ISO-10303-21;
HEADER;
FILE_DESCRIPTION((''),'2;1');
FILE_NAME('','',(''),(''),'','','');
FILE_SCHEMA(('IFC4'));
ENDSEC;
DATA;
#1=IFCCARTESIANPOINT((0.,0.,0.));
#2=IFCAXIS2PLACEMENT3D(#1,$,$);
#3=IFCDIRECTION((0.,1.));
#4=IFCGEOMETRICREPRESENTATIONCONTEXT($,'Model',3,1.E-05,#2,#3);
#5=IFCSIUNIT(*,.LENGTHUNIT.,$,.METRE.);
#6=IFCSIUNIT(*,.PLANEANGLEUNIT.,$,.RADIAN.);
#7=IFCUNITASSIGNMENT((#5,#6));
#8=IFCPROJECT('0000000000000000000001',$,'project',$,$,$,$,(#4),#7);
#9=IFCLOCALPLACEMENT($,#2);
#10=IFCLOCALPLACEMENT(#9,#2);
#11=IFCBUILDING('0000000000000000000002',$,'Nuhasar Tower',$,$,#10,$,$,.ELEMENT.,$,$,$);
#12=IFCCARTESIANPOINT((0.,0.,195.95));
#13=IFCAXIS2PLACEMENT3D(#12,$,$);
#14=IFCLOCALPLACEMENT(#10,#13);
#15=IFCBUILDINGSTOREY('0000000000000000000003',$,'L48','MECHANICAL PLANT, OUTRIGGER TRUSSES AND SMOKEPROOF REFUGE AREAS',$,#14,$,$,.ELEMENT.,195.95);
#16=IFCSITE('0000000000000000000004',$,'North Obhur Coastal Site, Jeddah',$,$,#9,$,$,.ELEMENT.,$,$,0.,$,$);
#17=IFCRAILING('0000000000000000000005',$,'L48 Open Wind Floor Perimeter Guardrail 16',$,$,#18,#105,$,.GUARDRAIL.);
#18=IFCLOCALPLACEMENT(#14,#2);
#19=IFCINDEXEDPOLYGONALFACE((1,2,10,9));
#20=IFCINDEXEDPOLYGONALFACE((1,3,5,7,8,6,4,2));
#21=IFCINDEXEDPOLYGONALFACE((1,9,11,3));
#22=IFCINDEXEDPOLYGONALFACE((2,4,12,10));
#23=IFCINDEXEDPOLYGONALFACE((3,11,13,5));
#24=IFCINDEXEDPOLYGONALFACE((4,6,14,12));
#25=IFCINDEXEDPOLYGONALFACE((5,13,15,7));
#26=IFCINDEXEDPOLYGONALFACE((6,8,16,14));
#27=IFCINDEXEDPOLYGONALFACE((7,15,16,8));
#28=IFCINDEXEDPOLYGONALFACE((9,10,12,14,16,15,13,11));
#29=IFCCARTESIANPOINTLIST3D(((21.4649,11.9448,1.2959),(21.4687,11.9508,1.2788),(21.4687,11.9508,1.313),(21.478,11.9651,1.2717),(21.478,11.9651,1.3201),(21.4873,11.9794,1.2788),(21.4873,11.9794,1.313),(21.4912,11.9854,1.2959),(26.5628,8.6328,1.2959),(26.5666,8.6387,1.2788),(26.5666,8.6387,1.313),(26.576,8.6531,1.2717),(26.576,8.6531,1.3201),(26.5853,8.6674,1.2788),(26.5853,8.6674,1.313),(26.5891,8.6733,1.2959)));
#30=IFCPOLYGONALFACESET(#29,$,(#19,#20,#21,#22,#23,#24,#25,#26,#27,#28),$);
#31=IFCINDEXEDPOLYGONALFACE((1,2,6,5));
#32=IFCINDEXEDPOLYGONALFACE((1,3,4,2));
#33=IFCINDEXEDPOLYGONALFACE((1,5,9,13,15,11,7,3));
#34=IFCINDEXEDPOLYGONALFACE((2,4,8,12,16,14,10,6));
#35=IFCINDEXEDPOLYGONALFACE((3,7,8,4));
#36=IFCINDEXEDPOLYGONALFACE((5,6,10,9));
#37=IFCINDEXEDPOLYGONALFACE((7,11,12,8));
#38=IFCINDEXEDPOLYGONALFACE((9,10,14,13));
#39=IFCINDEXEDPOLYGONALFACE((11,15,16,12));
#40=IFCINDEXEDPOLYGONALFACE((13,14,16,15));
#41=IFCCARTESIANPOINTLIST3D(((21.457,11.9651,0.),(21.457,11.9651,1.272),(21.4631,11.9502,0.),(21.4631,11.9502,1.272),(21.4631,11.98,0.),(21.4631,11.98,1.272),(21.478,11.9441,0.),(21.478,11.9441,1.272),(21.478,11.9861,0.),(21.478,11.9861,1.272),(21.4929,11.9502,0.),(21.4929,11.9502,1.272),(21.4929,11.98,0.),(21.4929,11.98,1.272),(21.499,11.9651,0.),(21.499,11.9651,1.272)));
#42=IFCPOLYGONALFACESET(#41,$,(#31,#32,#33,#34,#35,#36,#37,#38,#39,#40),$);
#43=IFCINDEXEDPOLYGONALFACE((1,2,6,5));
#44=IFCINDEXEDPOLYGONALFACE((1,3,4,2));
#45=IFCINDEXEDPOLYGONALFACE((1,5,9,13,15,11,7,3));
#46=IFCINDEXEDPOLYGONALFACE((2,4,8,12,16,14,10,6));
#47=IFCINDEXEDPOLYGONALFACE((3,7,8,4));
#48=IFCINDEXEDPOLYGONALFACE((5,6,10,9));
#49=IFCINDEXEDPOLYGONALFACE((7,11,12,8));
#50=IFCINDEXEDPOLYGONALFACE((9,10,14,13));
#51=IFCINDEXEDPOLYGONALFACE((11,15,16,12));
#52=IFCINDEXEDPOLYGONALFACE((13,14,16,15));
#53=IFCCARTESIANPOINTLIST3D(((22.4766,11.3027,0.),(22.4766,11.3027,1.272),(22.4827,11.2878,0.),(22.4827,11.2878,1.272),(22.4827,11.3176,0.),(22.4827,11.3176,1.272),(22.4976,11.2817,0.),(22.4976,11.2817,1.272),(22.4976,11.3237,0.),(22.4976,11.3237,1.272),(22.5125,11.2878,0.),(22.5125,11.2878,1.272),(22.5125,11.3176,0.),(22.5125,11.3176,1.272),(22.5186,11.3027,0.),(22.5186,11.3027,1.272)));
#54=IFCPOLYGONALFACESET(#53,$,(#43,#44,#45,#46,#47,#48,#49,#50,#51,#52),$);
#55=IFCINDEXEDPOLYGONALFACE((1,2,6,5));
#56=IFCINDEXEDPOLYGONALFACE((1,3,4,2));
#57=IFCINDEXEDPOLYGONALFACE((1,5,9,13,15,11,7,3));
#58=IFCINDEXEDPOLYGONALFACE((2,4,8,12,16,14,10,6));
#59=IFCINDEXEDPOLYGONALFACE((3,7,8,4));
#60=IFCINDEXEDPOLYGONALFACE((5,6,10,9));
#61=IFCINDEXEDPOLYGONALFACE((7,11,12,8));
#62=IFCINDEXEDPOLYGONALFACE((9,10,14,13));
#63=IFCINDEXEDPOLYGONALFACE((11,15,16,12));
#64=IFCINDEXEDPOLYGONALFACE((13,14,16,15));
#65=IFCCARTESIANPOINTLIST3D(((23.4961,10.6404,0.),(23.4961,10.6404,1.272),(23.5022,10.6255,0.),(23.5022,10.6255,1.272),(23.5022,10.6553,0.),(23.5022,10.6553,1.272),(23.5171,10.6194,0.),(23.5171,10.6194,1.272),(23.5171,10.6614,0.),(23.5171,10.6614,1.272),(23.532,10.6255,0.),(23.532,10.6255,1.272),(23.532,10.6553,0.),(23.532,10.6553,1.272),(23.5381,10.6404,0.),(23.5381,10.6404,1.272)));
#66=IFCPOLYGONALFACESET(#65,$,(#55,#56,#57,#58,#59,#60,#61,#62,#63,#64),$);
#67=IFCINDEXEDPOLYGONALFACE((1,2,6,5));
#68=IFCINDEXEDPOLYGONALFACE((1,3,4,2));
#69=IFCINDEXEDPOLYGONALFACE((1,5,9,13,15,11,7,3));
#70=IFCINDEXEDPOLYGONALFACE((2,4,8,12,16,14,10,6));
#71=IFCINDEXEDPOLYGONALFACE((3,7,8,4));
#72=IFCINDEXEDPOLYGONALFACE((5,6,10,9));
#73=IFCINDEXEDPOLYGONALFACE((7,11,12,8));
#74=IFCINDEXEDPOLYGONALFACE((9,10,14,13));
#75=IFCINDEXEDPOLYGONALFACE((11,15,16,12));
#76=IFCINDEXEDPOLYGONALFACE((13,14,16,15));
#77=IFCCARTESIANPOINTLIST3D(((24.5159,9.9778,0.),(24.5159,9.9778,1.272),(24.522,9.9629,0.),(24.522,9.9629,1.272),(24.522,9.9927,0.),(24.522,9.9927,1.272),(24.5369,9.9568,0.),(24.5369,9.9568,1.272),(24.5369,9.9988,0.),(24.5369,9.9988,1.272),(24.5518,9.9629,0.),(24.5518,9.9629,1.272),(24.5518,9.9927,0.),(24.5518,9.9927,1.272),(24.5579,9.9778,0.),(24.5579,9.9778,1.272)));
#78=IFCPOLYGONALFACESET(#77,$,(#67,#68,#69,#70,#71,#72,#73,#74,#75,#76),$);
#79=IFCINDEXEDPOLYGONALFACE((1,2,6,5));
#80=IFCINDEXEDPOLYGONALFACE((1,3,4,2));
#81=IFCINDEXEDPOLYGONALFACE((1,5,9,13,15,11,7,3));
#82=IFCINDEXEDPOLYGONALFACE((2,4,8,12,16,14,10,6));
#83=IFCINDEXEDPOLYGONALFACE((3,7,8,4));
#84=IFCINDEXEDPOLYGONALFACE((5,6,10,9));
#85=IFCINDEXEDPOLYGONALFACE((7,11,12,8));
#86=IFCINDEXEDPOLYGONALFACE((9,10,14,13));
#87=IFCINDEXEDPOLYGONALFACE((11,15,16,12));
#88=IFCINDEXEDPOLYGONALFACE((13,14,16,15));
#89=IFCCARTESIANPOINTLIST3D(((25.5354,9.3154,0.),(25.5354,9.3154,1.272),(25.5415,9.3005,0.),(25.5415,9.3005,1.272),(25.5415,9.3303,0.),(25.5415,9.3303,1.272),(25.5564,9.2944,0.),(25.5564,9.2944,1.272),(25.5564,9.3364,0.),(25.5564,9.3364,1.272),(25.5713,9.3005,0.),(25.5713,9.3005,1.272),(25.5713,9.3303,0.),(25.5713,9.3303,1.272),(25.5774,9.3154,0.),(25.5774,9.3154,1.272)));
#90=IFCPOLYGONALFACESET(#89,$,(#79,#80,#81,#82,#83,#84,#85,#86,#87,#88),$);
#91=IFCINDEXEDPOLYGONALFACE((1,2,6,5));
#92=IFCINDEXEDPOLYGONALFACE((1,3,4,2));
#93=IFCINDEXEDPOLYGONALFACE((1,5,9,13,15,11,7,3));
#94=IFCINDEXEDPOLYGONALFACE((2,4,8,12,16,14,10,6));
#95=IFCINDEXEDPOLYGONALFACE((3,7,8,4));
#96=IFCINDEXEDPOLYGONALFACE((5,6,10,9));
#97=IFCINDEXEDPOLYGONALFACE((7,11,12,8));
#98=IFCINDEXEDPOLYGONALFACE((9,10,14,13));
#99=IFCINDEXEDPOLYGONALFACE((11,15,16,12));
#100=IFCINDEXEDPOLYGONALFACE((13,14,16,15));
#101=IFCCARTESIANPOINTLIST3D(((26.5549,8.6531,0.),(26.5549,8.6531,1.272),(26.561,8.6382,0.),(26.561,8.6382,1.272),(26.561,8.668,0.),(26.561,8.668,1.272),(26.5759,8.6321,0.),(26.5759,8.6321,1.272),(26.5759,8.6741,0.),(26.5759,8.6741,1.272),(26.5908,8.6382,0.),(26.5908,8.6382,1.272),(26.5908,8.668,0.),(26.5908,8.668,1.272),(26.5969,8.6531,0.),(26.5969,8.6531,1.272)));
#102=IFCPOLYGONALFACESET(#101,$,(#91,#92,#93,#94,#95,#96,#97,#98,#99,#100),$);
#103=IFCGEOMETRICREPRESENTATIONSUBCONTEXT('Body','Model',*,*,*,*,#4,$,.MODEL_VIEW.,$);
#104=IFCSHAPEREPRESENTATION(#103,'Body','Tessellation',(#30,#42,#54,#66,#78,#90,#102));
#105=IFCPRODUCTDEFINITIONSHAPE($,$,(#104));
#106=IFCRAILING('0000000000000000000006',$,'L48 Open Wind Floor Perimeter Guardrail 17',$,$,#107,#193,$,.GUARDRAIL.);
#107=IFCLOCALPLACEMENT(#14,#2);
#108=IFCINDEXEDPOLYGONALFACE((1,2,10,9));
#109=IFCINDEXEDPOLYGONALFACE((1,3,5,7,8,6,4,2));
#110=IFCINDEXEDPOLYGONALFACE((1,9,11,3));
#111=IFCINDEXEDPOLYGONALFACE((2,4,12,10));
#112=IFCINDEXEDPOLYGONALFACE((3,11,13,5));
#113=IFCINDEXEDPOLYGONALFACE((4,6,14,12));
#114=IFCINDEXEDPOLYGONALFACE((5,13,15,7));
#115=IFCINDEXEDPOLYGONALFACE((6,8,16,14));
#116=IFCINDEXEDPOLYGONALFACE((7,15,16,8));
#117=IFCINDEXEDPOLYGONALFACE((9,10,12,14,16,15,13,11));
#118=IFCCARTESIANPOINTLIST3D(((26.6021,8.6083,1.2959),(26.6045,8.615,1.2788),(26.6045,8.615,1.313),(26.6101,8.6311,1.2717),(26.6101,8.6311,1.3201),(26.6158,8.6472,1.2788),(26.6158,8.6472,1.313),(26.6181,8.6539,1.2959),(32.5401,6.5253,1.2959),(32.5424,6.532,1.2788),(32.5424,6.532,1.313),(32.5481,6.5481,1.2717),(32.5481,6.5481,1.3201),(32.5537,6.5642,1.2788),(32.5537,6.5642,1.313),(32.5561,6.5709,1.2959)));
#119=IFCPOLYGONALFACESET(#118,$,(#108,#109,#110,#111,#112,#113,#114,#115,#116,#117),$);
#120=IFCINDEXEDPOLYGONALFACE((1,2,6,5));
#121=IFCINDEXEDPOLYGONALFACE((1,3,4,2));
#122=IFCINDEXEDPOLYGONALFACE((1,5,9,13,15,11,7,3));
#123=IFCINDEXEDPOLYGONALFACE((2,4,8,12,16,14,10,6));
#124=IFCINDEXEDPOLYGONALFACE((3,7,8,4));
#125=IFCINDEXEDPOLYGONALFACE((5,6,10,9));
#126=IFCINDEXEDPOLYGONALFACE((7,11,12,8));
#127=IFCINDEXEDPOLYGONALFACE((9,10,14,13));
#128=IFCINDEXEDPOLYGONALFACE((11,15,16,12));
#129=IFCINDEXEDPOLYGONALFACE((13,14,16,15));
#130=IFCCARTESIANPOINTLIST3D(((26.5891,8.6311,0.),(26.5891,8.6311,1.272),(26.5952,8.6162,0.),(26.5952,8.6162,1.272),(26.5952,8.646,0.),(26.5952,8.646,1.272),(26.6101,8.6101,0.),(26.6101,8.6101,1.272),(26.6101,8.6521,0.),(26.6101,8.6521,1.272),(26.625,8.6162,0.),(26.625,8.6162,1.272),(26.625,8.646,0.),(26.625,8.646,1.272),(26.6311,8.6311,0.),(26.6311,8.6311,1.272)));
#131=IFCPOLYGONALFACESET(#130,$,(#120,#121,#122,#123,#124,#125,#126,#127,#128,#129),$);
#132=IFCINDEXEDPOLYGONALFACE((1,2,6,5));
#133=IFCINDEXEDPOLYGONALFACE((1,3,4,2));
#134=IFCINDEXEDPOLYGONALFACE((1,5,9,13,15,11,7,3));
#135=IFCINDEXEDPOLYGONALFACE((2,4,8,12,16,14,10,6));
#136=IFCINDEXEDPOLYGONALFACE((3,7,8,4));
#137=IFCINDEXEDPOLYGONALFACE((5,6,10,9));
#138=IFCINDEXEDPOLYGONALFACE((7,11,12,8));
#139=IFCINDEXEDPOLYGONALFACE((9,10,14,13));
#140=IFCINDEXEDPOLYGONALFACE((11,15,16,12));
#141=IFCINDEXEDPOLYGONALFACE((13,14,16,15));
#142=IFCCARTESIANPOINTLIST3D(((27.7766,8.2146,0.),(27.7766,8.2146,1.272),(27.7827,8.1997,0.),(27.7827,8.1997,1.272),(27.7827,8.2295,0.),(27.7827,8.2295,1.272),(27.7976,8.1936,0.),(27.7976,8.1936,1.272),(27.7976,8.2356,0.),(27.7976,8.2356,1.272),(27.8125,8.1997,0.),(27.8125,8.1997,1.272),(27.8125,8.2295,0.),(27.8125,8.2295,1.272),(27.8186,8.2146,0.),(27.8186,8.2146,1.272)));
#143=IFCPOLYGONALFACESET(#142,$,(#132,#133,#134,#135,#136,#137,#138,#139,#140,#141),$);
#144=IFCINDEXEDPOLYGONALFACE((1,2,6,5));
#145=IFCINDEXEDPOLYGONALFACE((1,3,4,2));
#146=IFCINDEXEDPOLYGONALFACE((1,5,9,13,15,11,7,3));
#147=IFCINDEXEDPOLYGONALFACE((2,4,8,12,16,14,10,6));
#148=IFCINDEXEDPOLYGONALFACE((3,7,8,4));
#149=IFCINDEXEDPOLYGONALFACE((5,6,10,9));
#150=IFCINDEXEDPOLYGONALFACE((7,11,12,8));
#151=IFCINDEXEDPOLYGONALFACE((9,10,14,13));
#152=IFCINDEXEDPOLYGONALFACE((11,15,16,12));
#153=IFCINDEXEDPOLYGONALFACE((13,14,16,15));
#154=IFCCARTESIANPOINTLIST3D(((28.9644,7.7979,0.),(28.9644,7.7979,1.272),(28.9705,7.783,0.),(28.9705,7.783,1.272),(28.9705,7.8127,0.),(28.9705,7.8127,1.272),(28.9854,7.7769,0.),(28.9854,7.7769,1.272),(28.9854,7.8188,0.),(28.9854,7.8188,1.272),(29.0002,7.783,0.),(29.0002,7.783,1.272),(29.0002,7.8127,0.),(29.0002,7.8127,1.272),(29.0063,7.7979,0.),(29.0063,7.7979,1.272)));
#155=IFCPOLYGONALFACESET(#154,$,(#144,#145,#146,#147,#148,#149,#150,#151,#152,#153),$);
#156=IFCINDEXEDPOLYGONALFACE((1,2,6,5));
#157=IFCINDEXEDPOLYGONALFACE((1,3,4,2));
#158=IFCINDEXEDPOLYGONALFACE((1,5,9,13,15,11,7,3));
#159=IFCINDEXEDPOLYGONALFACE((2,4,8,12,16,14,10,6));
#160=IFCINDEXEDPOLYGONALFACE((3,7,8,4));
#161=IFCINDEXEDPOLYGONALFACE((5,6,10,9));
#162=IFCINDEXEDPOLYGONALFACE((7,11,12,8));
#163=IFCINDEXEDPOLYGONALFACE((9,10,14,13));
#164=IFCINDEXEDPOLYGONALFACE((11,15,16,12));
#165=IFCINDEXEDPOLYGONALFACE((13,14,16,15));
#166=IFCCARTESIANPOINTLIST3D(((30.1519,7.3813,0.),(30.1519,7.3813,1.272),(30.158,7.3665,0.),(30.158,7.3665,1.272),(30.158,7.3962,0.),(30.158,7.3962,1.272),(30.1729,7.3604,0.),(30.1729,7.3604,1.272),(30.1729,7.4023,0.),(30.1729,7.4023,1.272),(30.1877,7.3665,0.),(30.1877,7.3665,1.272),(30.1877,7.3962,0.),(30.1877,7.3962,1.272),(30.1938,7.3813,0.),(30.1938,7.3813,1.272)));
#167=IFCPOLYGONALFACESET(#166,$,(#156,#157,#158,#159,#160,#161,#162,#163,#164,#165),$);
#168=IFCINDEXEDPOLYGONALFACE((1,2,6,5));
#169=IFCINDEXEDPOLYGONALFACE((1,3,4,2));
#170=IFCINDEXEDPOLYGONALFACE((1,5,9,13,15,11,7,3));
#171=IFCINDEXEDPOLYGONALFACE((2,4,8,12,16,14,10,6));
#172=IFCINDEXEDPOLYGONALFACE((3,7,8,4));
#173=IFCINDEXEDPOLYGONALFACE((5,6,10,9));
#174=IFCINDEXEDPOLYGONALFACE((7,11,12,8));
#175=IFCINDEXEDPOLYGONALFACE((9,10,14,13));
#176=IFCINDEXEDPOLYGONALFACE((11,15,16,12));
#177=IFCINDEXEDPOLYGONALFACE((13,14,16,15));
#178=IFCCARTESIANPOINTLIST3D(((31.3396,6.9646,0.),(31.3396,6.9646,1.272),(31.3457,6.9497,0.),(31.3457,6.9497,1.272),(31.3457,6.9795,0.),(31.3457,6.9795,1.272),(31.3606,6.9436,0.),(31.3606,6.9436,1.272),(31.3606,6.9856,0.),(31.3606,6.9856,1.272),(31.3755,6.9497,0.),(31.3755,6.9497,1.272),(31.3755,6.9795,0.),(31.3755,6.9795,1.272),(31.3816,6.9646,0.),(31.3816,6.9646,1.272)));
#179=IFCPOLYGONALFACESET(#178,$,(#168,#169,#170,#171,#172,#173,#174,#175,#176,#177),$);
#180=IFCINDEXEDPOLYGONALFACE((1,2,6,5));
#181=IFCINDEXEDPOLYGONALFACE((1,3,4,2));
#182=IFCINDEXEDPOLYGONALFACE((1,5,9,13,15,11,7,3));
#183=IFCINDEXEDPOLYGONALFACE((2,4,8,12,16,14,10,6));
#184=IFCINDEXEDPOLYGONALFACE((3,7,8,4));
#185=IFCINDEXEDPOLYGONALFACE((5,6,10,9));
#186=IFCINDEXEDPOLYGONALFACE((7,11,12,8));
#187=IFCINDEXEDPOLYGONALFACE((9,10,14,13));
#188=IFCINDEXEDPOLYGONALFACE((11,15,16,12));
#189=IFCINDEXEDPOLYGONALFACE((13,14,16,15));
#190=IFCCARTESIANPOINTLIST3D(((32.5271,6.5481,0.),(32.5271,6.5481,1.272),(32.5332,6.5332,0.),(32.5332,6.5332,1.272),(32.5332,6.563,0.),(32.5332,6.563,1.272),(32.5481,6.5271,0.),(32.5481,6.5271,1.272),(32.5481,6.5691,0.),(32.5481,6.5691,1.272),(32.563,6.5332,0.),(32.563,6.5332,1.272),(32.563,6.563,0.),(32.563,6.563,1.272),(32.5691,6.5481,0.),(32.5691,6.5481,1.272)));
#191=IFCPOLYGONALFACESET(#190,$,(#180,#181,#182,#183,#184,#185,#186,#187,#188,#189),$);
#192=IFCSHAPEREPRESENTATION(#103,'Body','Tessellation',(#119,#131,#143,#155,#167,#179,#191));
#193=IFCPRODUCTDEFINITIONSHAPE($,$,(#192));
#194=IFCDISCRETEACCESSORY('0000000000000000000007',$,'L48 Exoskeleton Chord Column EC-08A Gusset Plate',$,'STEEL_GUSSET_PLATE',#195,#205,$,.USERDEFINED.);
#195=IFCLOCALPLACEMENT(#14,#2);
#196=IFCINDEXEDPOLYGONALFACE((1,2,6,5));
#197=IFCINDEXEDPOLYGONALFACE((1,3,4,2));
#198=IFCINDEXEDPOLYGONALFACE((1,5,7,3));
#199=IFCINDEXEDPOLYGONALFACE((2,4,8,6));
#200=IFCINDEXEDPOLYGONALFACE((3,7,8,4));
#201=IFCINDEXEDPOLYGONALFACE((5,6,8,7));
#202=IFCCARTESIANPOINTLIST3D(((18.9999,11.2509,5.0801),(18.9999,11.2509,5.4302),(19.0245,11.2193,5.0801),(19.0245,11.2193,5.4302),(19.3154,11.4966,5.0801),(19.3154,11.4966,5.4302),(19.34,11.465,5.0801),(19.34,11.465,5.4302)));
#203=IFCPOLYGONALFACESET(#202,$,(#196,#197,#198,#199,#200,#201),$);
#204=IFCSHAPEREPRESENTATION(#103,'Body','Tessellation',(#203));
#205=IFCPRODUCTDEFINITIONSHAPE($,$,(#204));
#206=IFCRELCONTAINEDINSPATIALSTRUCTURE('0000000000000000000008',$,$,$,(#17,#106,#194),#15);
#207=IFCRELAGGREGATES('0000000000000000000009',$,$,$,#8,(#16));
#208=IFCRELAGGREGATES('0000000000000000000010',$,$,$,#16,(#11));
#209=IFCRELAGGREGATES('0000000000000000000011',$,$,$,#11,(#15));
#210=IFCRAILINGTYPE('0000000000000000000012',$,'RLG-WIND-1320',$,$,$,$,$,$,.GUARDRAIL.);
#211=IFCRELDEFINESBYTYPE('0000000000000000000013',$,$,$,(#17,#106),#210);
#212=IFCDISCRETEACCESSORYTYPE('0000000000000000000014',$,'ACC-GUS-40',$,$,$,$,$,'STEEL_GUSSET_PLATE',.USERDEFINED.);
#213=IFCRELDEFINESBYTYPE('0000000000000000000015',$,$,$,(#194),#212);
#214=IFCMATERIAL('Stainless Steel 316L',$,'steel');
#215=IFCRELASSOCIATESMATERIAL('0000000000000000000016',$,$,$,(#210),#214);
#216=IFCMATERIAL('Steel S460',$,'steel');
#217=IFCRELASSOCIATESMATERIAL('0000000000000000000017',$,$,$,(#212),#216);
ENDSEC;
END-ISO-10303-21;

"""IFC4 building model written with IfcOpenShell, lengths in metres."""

from ifc_helpers import new_model, si_unit, direction, frame, origin, origin_2d, place, context, subcontext, project, spatial, polyline, rectangle, outline, extrude, material, type_object, element, save


model = new_model("IFC4")

# Units and contexts
model_context = context("Model", 3, precision=1e-05, world=origin(), true_north=direction((0.0, 1.0)))
body_context = subcontext(model_context, "Body", "Model", "MODEL_VIEW")
ifc_project = project(units=[si_unit("LENGTHUNIT", "METRE"), si_unit("PLANEANGLEUNIT", "RADIAN")], contexts=[model_context])

# Site, building, storey
site_placement = place(None, origin())
site = spatial("IfcSite", under=ifc_project, at=site_placement, Name="North Obhur Coastal Site, Jeddah", CompositionType="ELEMENT", RefElevation=0.0)
building_placement = place(site_placement, origin())
building = spatial("IfcBuilding", under=site, at=building_placement, Name="Nuhasar Tower", CompositionType="ELEMENT")
storey_placement = place(building_placement, frame((0.0, 0.0, 195.95)))
storey = spatial("IfcBuildingStorey", under=building, at=storey_placement, Name="L48", Description="MECHANICAL PLANT, OUTRIGGER TRUSSES AND SMOKEPROOF REFUGE AREAS", CompositionType="ELEMENT", Elevation=195.95)

# Shared definitions
ifc_material_1 = material(Name="Steel S460", Category="steel")

# Railings
ifc_material_2 = material(Name="Stainless Steel 316L", Category="steel")
railing_type = type_object("IfcRailingType", Name="RLG-WIND-1320", PredefinedType="GUARDRAIL", material=ifc_material_2)
railing_1_placement = place(storey_placement, frame((21.478, 11.9651, 0.0)))
element("IfcRailing", 1, at=railing_1_placement, inside=storey, type_object=railing_type, Name="L48 Open Wind Floor Perimeter Guardrail 16", PredefinedType="GUARDRAIL", context=body_context, shape_type="SweptSolid", body=[
    extrude(outline(polyline([(0.0242, 0.0), (0.0171, 0.0171), (0.0, 0.0242), (-0.0171, 0.0171), (-0.0242, 0.0), (-0.0171, -0.0171), (0.0, -0.0242), (0.0171, -0.0171), (0.0242, 0.0)])), frame((0.0, 0.0, 1.2959), z_axis=(0.838566, -0.544801, 0.0), x_axis=(0.544801, 0.838566, 0.0)), (0.0, 0.0, 1.0), 6.0793),
    extrude(outline(polyline([(0.021, 0.0), (0.0149, 0.0149), (0.0, 0.021), (-0.0149, 0.0149), (-0.021, 0.0), (-0.0149, -0.0149), (0.0, -0.021), (0.0149, -0.0149), (0.021, 0.0)])), origin(), (0.0, 0.0, 1.0), 1.272),
    extrude(outline(polyline([(0.021, 0.0), (0.0149, 0.0149), (0.0, 0.021), (-0.0149, 0.0149), (-0.021, 0.0), (-0.0149, -0.0149), (0.0, -0.021), (0.0149, -0.0149), (0.021, 0.0)])), frame((1.0195, -0.6624, 0.0)), (0.0, 0.0, 1.0), 1.272),
    extrude(outline(polyline([(0.021, 0.0), (0.0149, 0.0149), (0.0, 0.021), (-0.0149, 0.0149), (-0.021, 0.0), (-0.0149, -0.0149), (0.0, -0.021), (0.0149, -0.0149), (0.021, 0.0)])), frame((2.0391, -1.3247, 0.0)), (0.0, 0.0, 1.0), 1.272),
    extrude(outline(polyline([(0.021, 0.0), (0.0149, 0.0149), (0.0, 0.021), (-0.0149, 0.0149), (-0.021, 0.0), (-0.0149, -0.0149), (0.0, -0.021), (0.0149, -0.0149), (0.021, 0.0)])), frame((3.0588, -1.9873, 0.0)), (0.0, 0.0, 1.0), 1.272),
    extrude(outline(polyline([(0.021, 0.0), (0.0149, 0.0149), (0.0, 0.021), (-0.0149, 0.0149), (-0.021, 0.0), (-0.0149, -0.0149), (0.0, -0.021), (0.0149, -0.0149), (0.021, 0.0)])), frame((4.0784, -2.6497, 0.0)), (0.0, 0.0, 1.0), 1.272),
    extrude(outline(polyline([(0.021, 0.0), (0.0149, 0.0149), (0.0, 0.021), (-0.0149, 0.0149), (-0.021, 0.0), (-0.0149, -0.0149), (0.0, -0.021), (0.0149, -0.0149), (0.021, 0.0)])), frame((5.0979, -3.312, 0.0)), (0.0, 0.0, 1.0), 1.272),
])
railing_2_placement = place(storey_placement, frame((26.6101, 8.6311, 0.0)))
element("IfcRailing", 2, at=railing_2_placement, inside=storey, type_object=railing_type, Name="L48 Open Wind Floor Perimeter Guardrail 17", PredefinedType="GUARDRAIL", context=body_context, shape_type="SweptSolid", body=[
    extrude(outline(polyline([(0.0242, 0.0), (0.0171, 0.0171), (0.0, 0.0242), (-0.0171, 0.0171), (-0.0242, 0.0), (-0.0171, -0.0171), (0.0, -0.0242), (0.0171, -0.0171), (0.0242, 0.0)])), frame((0.0, 0.0, 1.2959), z_axis=(0.943625, -0.331017, 0.0), x_axis=(0.331017, 0.943625, 0.0)), (0.0, 0.0, 1.0), 6.2927),
    extrude(outline(polyline([(0.021, 0.0), (0.0149, 0.0149), (0.0, 0.021), (-0.0149, 0.0149), (-0.021, 0.0), (-0.0149, -0.0149), (0.0, -0.021), (0.0149, -0.0149), (0.021, 0.0)])), origin(), (0.0, 0.0, 1.0), 1.272),
    extrude(outline(polyline([(0.021, 0.0), (0.0149, 0.0149), (0.0, 0.021), (-0.0149, 0.0149), (-0.021, 0.0), (-0.0149, -0.0149), (0.0, -0.021), (0.0149, -0.0149), (0.021, 0.0)])), frame((1.1875, -0.4165, 0.0)), (0.0, 0.0, 1.0), 1.272),
    extrude(outline(polyline([(0.021, 0.0), (0.0149, 0.0149), (0.0, 0.021), (-0.0149, 0.0149), (-0.021, 0.0), (-0.0149, -0.0149), (0.0, -0.021), (0.0149, -0.0149), (0.021, 0.0)])), frame((2.3752, -0.8333, 0.0)), (0.0, 0.0, 1.0), 1.272),
    extrude(outline(polyline([(0.021, 0.0), (0.0149, 0.0149), (0.0, 0.021), (-0.0149, 0.0149), (-0.021, 0.0), (-0.0149, -0.0149), (0.0, -0.021), (0.0149, -0.0149), (0.021, 0.0)])), frame((3.5627, -1.2498, 0.0)), (0.0, 0.0, 1.0), 1.272),
    extrude(outline(polyline([(0.021, 0.0), (0.0149, 0.0149), (0.0, 0.021), (-0.0149, 0.0149), (-0.021, 0.0), (-0.0149, -0.0149), (0.0, -0.021), (0.0149, -0.0149), (0.021, 0.0)])), frame((4.7505, -1.6665, 0.0)), (0.0, 0.0, 1.0), 1.272),
    extrude(outline(polyline([(0.021, 0.0), (0.0149, 0.0149), (0.0, 0.021), (-0.0149, 0.0149), (-0.021, 0.0), (-0.0149, -0.0149), (0.0, -0.021), (0.0149, -0.0149), (0.021, 0.0)])), frame((5.938, -2.083, 0.0)), (0.0, 0.0, 1.0), 1.272),
])

# Discrete accessory
discrete_accessory_type = type_object("IfcDiscreteAccessoryType", Name="ACC-GUS-40", ElementType="STEEL_GUSSET_PLATE", PredefinedType="USERDEFINED", material=ifc_material_1)
for number, where, z_axis, x_axis, name in (
    (3, (19.1699, 11.3579, 5.0801), (0.0, 0.0, 1.0), (-0.788998, -0.614395, 0.0), "L48 Exoskeleton Chord Column EC-08A Gusset Plate"),
):
    element("IfcDiscreteAccessory", number, at=place(storey_placement, frame(where, z_axis=z_axis, x_axis=x_axis)), inside=storey, type_object=discrete_accessory_type, Name=name, ObjectType="STEEL_GUSSET_PLATE", PredefinedType="USERDEFINED", context=body_context, shape_type="SweptSolid", body=[
        extrude(rectangle(XDim=0.3999, YDim=0.04, at=origin_2d()), origin(), (0.0, 0.0, 1.0), 0.3501),
    ])

save(model, "model.ifc")
